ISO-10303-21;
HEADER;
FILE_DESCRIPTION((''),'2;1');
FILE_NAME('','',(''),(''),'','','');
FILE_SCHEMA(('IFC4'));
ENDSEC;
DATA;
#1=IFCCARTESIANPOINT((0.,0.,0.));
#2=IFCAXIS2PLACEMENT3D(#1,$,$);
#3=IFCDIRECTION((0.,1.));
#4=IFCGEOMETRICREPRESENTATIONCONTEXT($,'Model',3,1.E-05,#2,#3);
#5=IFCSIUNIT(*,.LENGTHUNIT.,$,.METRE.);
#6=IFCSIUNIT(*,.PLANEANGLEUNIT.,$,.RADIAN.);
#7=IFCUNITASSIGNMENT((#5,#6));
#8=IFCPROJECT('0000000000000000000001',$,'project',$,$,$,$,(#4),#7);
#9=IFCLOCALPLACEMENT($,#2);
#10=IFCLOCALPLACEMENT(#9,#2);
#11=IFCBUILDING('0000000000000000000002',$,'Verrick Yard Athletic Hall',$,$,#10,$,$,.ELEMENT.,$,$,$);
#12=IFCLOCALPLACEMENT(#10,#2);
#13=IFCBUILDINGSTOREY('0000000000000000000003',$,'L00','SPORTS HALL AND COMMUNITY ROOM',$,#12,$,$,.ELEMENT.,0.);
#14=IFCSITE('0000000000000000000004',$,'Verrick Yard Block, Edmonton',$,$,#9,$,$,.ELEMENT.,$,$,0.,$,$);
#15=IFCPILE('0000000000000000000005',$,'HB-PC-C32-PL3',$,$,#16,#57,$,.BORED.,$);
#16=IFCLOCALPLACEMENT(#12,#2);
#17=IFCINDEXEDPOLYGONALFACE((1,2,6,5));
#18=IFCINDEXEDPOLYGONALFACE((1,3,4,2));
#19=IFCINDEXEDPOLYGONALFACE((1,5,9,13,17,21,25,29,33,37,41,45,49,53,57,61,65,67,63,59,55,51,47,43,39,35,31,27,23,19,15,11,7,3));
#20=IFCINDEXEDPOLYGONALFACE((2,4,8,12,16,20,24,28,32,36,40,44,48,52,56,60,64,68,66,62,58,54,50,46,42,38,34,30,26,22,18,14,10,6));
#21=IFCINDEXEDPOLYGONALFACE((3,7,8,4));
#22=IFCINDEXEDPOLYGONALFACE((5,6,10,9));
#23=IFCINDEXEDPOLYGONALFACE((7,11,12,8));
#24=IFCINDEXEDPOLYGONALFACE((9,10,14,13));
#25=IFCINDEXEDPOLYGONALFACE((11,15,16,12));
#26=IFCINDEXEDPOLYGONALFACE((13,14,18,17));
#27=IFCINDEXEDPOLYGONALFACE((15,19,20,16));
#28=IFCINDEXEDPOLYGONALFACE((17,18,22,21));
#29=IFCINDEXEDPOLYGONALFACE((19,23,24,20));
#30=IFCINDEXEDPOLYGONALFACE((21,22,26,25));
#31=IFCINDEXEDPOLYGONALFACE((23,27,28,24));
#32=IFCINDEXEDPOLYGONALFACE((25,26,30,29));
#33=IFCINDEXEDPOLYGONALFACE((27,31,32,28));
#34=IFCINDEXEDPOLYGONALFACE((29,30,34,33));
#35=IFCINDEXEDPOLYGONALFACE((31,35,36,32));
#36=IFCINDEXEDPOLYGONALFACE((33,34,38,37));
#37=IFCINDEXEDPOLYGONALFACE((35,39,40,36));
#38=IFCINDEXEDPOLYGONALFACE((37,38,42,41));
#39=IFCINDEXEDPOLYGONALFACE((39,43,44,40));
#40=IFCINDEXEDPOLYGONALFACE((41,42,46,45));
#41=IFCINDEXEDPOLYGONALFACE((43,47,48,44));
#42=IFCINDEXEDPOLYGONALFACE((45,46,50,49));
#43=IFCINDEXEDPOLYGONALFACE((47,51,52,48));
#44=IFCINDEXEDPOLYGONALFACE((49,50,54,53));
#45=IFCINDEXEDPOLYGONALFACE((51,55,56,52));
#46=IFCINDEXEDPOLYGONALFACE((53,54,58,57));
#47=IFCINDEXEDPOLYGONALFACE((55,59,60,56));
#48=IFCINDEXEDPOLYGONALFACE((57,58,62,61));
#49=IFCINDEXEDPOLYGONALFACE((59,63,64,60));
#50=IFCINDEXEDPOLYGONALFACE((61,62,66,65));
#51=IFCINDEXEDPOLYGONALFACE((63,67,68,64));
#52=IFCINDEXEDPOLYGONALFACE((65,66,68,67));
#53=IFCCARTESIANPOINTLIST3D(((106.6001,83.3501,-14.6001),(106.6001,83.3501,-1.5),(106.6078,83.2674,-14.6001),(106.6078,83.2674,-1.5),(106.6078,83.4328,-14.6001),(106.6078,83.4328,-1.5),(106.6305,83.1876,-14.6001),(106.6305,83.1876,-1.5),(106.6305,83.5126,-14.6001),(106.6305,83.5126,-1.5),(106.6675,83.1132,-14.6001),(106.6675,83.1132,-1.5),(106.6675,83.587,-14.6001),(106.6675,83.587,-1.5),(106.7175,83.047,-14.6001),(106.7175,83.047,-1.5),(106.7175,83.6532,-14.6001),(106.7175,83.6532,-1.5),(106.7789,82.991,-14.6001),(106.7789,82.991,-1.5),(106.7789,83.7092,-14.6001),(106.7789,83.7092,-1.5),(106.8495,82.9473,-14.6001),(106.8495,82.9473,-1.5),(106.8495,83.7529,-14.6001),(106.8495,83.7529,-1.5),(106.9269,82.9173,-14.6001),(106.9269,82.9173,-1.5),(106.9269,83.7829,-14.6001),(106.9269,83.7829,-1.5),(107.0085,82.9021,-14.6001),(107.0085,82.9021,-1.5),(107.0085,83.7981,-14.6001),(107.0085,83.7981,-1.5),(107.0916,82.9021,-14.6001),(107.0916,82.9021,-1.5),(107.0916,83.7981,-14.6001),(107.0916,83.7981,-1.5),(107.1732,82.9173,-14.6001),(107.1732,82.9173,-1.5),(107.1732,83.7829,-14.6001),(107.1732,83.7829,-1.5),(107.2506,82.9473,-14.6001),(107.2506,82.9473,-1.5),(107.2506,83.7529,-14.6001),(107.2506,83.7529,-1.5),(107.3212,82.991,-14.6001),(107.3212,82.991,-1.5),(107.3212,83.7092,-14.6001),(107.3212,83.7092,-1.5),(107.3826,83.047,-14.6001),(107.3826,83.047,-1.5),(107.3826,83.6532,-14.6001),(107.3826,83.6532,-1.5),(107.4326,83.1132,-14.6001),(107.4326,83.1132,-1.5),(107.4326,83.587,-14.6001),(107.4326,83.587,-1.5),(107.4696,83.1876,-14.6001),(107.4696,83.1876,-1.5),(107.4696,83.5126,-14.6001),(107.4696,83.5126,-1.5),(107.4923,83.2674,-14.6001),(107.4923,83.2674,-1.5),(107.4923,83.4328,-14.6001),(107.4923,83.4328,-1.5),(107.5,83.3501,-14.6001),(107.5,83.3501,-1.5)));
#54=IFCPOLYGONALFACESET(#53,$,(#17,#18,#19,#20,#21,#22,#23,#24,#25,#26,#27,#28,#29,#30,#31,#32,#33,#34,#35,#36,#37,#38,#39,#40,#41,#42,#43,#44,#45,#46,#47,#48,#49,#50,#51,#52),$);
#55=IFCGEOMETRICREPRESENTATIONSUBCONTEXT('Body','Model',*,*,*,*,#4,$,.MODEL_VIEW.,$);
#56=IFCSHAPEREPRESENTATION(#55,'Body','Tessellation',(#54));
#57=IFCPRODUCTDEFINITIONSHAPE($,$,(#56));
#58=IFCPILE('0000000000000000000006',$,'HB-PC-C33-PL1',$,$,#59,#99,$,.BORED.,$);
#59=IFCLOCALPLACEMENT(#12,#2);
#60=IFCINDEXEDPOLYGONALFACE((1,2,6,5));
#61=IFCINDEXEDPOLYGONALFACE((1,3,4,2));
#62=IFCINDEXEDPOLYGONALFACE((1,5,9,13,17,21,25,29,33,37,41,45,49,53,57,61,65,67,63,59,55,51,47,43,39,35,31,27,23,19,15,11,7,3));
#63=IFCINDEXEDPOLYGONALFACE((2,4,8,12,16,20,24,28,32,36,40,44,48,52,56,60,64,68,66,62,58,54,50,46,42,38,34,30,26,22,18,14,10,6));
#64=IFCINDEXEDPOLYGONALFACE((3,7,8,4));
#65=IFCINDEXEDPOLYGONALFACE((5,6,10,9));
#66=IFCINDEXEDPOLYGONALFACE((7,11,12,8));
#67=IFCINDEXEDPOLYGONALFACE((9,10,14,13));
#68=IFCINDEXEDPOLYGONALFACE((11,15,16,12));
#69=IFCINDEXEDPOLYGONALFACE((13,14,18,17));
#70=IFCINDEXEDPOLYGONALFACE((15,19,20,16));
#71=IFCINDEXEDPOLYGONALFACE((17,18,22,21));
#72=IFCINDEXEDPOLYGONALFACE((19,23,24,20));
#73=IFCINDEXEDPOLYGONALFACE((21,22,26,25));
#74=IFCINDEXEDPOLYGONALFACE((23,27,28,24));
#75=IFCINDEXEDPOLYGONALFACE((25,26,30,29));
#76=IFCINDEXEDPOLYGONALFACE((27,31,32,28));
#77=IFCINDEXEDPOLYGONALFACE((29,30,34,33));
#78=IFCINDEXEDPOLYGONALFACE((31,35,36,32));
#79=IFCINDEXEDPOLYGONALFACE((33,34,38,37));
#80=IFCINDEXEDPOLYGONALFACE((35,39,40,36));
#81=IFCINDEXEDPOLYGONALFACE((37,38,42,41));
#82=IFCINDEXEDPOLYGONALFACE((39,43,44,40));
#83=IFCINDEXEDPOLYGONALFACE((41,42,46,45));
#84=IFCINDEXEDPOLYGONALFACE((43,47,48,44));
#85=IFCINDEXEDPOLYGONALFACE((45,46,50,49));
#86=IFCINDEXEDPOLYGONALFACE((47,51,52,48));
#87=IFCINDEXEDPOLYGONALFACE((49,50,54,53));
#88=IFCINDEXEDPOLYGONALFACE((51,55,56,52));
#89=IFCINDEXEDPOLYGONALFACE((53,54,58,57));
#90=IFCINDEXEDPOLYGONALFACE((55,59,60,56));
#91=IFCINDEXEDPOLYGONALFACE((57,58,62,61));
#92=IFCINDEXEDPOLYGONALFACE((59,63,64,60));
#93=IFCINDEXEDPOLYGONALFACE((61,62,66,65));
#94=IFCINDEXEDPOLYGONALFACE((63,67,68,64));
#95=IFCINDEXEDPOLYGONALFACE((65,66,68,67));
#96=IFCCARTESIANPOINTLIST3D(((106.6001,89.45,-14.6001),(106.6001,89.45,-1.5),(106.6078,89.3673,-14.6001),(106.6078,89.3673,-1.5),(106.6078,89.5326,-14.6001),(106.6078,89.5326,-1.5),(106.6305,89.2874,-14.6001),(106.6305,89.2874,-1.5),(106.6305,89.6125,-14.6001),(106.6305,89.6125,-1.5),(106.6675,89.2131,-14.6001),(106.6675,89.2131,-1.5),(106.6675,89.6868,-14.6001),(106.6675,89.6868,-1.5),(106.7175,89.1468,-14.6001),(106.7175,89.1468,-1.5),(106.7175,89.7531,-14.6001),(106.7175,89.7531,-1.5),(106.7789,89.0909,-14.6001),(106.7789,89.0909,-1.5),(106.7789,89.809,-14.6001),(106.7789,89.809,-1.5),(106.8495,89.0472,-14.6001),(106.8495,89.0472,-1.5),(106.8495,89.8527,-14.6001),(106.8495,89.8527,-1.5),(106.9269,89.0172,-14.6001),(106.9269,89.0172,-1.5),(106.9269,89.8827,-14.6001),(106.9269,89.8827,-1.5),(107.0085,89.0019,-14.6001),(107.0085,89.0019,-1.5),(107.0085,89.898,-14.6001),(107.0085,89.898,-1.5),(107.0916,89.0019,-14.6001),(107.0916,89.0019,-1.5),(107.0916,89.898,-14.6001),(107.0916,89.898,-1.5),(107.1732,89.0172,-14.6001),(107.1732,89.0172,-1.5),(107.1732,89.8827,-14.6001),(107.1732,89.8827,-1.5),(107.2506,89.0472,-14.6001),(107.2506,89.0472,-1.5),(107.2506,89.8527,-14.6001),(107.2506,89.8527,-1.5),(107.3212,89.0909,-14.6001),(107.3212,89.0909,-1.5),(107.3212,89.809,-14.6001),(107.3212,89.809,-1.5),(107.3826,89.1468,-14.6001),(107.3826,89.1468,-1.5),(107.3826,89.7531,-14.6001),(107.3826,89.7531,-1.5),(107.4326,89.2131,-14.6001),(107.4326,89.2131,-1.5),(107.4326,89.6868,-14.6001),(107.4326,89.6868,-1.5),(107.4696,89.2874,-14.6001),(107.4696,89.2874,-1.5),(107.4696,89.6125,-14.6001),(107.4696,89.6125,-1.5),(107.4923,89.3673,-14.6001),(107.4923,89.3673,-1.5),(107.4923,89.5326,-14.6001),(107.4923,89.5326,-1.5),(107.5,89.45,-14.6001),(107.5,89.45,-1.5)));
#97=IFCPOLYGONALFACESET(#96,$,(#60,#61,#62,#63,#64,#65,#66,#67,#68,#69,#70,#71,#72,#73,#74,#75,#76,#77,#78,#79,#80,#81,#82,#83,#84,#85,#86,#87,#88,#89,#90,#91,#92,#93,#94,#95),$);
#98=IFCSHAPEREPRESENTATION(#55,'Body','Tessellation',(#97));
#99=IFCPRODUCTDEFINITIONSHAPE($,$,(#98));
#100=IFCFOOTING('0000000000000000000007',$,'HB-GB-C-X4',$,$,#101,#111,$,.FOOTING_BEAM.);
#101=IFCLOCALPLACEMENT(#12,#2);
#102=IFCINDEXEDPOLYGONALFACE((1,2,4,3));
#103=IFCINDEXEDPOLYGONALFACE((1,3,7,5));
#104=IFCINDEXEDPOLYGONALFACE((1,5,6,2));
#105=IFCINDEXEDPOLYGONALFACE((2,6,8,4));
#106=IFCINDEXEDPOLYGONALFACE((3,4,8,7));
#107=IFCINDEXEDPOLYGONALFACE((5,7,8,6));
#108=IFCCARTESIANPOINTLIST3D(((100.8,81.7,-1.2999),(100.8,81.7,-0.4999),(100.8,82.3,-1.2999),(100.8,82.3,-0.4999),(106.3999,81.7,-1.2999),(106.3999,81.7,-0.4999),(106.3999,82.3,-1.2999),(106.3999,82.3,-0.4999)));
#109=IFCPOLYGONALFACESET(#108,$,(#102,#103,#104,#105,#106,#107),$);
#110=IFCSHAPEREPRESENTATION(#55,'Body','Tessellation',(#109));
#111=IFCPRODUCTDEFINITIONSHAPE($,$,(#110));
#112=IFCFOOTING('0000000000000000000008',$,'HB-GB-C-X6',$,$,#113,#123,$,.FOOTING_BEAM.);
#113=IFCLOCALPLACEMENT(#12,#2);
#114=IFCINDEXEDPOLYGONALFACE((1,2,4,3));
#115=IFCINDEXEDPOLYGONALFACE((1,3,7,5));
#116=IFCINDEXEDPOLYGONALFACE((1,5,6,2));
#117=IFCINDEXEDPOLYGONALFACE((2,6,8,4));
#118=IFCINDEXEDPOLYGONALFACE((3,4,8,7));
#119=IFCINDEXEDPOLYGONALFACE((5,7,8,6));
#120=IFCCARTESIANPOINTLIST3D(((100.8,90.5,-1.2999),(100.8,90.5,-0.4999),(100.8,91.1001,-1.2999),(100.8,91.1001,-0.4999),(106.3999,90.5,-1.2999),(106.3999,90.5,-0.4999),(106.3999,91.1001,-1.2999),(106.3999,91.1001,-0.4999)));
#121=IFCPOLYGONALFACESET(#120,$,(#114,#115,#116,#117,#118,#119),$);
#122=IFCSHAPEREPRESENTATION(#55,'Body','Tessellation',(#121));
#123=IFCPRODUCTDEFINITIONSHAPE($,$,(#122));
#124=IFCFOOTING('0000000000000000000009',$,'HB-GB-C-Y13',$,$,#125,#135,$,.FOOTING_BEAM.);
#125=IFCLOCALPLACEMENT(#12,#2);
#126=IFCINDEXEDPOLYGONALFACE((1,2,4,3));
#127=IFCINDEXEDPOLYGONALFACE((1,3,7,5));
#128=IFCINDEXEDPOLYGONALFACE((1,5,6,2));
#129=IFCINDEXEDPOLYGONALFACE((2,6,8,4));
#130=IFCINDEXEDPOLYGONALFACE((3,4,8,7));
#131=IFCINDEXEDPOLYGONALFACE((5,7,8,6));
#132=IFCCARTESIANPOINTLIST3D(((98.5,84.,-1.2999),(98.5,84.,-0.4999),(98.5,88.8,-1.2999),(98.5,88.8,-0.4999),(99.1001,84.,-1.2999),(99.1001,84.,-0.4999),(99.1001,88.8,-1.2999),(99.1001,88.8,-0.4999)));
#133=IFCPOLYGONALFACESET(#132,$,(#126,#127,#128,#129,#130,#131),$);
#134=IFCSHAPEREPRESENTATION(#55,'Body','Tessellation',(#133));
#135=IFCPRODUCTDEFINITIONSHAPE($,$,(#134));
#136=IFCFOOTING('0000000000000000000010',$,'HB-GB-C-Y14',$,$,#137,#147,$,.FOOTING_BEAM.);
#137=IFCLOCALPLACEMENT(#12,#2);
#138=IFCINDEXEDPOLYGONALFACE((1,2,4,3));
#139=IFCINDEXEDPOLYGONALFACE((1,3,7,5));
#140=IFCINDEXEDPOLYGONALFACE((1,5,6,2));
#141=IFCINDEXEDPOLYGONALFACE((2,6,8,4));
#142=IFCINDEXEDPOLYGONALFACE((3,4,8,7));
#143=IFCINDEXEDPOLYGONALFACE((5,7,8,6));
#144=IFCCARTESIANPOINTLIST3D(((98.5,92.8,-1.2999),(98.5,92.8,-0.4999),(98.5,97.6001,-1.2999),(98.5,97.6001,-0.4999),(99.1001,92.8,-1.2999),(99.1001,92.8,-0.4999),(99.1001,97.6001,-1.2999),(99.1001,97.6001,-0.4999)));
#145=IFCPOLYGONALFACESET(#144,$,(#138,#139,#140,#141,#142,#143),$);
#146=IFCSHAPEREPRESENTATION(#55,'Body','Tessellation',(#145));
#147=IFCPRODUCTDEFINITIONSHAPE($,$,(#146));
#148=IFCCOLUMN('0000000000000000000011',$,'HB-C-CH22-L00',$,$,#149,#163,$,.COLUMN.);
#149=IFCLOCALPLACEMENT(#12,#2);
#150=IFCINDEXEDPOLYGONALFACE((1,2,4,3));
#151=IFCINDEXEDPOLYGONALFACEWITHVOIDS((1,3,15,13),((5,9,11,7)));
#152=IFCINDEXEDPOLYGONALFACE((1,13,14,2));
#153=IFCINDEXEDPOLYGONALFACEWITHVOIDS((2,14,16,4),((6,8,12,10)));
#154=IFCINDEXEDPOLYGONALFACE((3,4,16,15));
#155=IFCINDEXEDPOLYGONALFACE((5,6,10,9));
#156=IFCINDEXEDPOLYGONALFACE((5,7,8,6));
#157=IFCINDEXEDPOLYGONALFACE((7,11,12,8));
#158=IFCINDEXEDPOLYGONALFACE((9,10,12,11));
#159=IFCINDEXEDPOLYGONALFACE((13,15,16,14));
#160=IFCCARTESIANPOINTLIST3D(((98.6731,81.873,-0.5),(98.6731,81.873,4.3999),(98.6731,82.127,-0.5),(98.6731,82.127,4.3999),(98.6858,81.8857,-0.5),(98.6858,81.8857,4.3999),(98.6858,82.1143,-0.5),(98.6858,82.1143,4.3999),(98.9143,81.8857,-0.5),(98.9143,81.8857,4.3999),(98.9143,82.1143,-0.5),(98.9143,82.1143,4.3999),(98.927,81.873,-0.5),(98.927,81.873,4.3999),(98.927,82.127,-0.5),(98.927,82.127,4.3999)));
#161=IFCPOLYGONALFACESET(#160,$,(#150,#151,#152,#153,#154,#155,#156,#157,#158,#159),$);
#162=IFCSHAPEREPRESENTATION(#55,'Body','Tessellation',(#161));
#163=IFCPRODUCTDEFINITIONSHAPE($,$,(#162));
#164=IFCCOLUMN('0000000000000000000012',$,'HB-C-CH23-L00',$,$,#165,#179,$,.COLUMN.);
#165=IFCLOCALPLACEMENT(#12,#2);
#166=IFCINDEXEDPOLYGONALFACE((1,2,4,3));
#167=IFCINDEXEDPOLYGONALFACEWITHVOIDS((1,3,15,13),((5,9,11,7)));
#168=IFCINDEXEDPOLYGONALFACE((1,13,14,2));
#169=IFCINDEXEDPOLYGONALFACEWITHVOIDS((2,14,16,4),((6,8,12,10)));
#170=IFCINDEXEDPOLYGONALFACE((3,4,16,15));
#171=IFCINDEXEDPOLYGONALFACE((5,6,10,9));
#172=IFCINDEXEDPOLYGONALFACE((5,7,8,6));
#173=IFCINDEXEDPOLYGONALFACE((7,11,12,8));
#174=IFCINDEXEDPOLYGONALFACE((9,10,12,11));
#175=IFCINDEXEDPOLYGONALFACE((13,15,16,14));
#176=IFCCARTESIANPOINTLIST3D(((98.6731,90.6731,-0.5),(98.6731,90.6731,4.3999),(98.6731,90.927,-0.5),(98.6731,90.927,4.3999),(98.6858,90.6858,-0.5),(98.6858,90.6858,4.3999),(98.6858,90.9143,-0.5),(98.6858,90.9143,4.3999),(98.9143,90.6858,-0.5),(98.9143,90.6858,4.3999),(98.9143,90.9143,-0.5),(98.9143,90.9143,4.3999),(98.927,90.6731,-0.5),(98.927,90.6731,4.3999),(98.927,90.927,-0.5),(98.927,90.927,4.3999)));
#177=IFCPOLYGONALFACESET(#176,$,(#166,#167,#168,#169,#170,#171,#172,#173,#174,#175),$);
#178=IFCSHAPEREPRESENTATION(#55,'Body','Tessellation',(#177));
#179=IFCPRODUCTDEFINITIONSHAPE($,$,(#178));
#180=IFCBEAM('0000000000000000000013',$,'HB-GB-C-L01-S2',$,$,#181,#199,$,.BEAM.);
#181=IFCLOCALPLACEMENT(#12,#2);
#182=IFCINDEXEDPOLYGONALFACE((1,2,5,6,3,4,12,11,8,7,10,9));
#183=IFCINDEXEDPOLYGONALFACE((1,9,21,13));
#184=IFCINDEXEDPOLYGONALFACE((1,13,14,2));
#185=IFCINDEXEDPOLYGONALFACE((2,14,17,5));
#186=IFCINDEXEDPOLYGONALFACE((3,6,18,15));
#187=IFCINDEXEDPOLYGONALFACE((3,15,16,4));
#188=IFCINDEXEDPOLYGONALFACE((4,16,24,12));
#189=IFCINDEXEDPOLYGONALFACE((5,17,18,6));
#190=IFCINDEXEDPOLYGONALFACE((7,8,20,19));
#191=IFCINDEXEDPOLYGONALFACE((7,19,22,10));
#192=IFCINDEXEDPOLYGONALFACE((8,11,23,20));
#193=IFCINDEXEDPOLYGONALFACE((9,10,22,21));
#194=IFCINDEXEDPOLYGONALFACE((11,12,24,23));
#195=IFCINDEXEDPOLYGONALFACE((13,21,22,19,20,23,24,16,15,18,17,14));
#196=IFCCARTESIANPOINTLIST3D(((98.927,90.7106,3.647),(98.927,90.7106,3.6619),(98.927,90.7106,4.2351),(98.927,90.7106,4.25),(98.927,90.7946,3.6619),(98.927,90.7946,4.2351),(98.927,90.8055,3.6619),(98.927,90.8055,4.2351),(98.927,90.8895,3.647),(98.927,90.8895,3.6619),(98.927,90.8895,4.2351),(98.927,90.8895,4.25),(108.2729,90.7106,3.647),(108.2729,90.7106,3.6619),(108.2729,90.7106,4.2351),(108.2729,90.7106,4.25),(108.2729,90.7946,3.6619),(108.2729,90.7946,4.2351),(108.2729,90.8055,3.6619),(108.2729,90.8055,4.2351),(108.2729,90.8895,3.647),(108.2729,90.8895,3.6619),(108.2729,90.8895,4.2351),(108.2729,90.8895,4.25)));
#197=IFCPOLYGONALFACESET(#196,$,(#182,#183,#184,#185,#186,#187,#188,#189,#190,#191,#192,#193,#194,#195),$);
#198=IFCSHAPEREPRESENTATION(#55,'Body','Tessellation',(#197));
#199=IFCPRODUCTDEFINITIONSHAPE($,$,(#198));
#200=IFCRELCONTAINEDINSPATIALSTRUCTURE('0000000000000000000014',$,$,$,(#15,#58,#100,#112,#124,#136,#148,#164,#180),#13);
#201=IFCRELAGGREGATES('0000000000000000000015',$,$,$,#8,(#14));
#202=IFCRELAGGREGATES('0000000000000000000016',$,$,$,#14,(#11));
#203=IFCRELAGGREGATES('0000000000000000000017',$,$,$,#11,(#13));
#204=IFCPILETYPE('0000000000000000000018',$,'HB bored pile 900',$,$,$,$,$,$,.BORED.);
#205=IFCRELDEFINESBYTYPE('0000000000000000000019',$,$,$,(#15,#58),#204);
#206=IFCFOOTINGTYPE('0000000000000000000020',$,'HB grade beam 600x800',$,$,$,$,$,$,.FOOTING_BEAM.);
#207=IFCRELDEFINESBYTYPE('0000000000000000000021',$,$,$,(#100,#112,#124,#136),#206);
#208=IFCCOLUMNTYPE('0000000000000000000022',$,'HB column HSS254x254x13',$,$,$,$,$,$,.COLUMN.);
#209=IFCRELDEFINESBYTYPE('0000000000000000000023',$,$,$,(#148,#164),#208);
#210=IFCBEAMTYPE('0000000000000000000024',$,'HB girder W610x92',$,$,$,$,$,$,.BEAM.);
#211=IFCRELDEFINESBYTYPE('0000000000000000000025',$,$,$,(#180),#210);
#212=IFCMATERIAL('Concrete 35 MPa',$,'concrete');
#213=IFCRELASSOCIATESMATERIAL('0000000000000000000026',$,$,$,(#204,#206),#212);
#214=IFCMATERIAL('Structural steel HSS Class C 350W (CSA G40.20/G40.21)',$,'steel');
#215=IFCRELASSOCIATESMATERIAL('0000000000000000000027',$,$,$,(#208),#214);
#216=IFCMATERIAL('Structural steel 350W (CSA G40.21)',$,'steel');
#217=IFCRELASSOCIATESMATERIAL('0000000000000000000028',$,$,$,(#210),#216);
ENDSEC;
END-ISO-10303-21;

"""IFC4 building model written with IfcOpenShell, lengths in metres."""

from ifc_helpers import new_model, si_unit, direction, frame, origin, origin_2d, place, context, subcontext, project, spatial, rectangle, hollow_rectangle, circle, i_section, extrude, material, material_profile, profile_set, type_object, element, save


model = new_model("IFC4")

# Units and contexts
model_context = context("Model", 3, precision=1e-05, world=origin(), true_north=direction((0.0, 1.0)))
body_context = subcontext(model_context, "Body", "Model", "MODEL_VIEW")
ifc_project = project(units=[si_unit("LENGTHUNIT", "METRE"), si_unit("PLANEANGLEUNIT", "RADIAN")], contexts=[model_context])

# Site, building, storey
site_placement = place(None, origin())
site = spatial("IfcSite", under=ifc_project, at=site_placement, Name="Verrick Yard Block, Edmonton", CompositionType="ELEMENT", RefElevation=0.0)
building_placement = place(site_placement, origin())
building = spatial("IfcBuilding", under=site, at=building_placement, Name="Verrick Yard Athletic Hall", CompositionType="ELEMENT")
storey_placement = place(building_placement, origin())
storey = spatial("IfcBuildingStorey", under=building, at=storey_placement, Name="L00", Description="SPORTS HALL AND COMMUNITY ROOM", CompositionType="ELEMENT", Elevation=0.0)

# Piles
ifc_material_1 = material(Name="Concrete 35 MPa", Category="concrete")
ifc_material_profile_1 = material_profile(ifc_material_1, circle(Radius=0.45, at=origin_2d()), Name="Bored pile 900")
ifc_profile_set_1 = profile_set([ifc_material_profile_1], Name="Concrete 35 MPa")
pile_type = type_object("IfcPileType", Name="HB bored pile 900", PredefinedType="BORED", material=ifc_profile_set_1)
for number, where, z_axis, x_axis, name in (
    (1, (107.05, 83.3501, -1.5), (0.0, 0.0, -1.0), (1.0, 0.0, 0.0), "HB-PC-C32-PL3"),
    (2, (107.05, 89.45, -1.5), (0.0, 0.0, -1.0), (1.0, 0.0, 0.0), "HB-PC-C33-PL1"),
):
    element("IfcPile", number, at=place(storey_placement, frame(where, z_axis=z_axis, x_axis=x_axis)), inside=storey, type_object=pile_type, Name=name, PredefinedType="BORED", context=body_context, shape_type="SweptSolid", body=[
        extrude(circle(Radius=0.45, at=origin_2d()), origin(), (0.0, 0.0, 1.0), 13.1001),
    ])

# Footings
ifc_material_profile_2 = material_profile(ifc_material_1, rectangle(XDim=0.6001, YDim=0.8, at=origin_2d()), Name="Grade beam 600x800")
ifc_profile_set_2 = profile_set([ifc_material_profile_2], Name="Concrete 35 MPa")
footing_type = type_object("IfcFootingType", Name="HB grade beam 600x800", PredefinedType="FOOTING_BEAM", material=ifc_profile_set_2)
for number, where, z_axis, x_axis, name in (
    (3, (100.8, 82.0, -0.8999), (1.0, 0.0, 0.0), (0.0, 1.0, 0.0), "HB-GB-C-X4"),
    (4, (100.8, 90.8, -0.8999), (1.0, 0.0, 0.0), (0.0, 1.0, 0.0), "HB-GB-C-X6"),
):
    element("IfcFooting", number, at=place(storey_placement, frame(where, z_axis=z_axis, x_axis=x_axis)), inside=storey, type_object=footing_type, Name=name, PredefinedType="FOOTING_BEAM", context=body_context, shape_type="SweptSolid", body=[
        extrude(rectangle(XDim=0.6001, YDim=0.8, at=origin_2d()), origin(), (0.0, 0.0, 1.0), 5.5999),
    ])
for number, where, z_axis, x_axis, name in (
    (5, (98.8, 84.0, -0.8999), (0.0, 1.0, 0.0), (-1.0, 0.0, 0.0), "HB-GB-C-Y13"),
    (6, (98.8, 92.8, -0.8999), (0.0, 1.0, 0.0), (-1.0, 0.0, 0.0), "HB-GB-C-Y14"),
):
    element("IfcFooting", number, at=place(storey_placement, frame(where, z_axis=z_axis, x_axis=x_axis)), inside=storey, type_object=footing_type, Name=name, PredefinedType="FOOTING_BEAM", context=body_context, shape_type="SweptSolid", body=[
        extrude(rectangle(XDim=0.6001, YDim=0.8, at=origin_2d()), origin(), (0.0, 0.0, 1.0), 4.8),
    ])

# Columns
ifc_material_2 = material(Name="Structural steel HSS Class C 350W (CSA G40.20/G40.21)", Category="steel")
ifc_material_profile_3 = material_profile(ifc_material_2, hollow_rectangle(XDim=0.2539, YDim=0.2539, WallThickness=0.0127, at=origin_2d()), Name="HSS254x254x13")
ifc_profile_set_3 = profile_set([ifc_material_profile_3], Name="Structural steel HSS Class C 350W (CSA G40.20/G40.21)")
column_type = type_object("IfcColumnType", Name="HB column HSS254x254x13", PredefinedType="COLUMN", material=ifc_profile_set_3)
for number, where, z_axis, x_axis, name in (
    (7, (98.8, 82.0, -0.5), (0.0, 0.0, 1.0), (1.0, 0.0, 0.0), "HB-C-CH22-L00"),
    (8, (98.8, 90.8, -0.5), (0.0, 0.0, 1.0), (1.0, 0.0, 0.0), "HB-C-CH23-L00"),
):
    element("IfcColumn", number, at=place(storey_placement, frame(where, z_axis=z_axis, x_axis=x_axis)), inside=storey, type_object=column_type, Name=name, PredefinedType="COLUMN", context=body_context, shape_type="SweptSolid", body=[
        extrude(hollow_rectangle(XDim=0.2539, YDim=0.2539, WallThickness=0.0127, at=origin_2d()), origin(), (0.0, 0.0, 1.0), 4.8999),
    ])

# Beam
ifc_material_3 = material(Name="Structural steel 350W (CSA G40.21)", Category="steel")
ifc_material_profile_4 = material_profile(ifc_material_3, i_section(OverallWidth=0.179, OverallDepth=0.603, WebThickness=0.011, FlangeThickness=0.0149, at=origin_2d()), Name="W610x92")
ifc_profile_set_4 = profile_set([ifc_material_profile_4], Name="Structural steel 350W (CSA G40.21)")
beam_type_1 = type_object("IfcBeamType", Name="HB girder W610x92", PredefinedType="BEAM", material=ifc_profile_set_4)
beam_1_placement = place(storey_placement, frame((98.927, 90.8, 3.9485), z_axis=(1.0, 0.0, 0.0), x_axis=(0.0, 1.0, 0.0)))
element("IfcBeam", 9, at=beam_1_placement, inside=storey, type_object=beam_type_1, Name="HB-GB-C-L01-S2", PredefinedType="BEAM", context=body_context, shape_type="SweptSolid", body=[
    extrude(i_section(OverallWidth=0.179, OverallDepth=0.603, WebThickness=0.011, FlangeThickness=0.0149, at=origin_2d()), origin(), (0.0, 0.0, 1.0), 9.3459),
])

save(model, "model.ifc")
